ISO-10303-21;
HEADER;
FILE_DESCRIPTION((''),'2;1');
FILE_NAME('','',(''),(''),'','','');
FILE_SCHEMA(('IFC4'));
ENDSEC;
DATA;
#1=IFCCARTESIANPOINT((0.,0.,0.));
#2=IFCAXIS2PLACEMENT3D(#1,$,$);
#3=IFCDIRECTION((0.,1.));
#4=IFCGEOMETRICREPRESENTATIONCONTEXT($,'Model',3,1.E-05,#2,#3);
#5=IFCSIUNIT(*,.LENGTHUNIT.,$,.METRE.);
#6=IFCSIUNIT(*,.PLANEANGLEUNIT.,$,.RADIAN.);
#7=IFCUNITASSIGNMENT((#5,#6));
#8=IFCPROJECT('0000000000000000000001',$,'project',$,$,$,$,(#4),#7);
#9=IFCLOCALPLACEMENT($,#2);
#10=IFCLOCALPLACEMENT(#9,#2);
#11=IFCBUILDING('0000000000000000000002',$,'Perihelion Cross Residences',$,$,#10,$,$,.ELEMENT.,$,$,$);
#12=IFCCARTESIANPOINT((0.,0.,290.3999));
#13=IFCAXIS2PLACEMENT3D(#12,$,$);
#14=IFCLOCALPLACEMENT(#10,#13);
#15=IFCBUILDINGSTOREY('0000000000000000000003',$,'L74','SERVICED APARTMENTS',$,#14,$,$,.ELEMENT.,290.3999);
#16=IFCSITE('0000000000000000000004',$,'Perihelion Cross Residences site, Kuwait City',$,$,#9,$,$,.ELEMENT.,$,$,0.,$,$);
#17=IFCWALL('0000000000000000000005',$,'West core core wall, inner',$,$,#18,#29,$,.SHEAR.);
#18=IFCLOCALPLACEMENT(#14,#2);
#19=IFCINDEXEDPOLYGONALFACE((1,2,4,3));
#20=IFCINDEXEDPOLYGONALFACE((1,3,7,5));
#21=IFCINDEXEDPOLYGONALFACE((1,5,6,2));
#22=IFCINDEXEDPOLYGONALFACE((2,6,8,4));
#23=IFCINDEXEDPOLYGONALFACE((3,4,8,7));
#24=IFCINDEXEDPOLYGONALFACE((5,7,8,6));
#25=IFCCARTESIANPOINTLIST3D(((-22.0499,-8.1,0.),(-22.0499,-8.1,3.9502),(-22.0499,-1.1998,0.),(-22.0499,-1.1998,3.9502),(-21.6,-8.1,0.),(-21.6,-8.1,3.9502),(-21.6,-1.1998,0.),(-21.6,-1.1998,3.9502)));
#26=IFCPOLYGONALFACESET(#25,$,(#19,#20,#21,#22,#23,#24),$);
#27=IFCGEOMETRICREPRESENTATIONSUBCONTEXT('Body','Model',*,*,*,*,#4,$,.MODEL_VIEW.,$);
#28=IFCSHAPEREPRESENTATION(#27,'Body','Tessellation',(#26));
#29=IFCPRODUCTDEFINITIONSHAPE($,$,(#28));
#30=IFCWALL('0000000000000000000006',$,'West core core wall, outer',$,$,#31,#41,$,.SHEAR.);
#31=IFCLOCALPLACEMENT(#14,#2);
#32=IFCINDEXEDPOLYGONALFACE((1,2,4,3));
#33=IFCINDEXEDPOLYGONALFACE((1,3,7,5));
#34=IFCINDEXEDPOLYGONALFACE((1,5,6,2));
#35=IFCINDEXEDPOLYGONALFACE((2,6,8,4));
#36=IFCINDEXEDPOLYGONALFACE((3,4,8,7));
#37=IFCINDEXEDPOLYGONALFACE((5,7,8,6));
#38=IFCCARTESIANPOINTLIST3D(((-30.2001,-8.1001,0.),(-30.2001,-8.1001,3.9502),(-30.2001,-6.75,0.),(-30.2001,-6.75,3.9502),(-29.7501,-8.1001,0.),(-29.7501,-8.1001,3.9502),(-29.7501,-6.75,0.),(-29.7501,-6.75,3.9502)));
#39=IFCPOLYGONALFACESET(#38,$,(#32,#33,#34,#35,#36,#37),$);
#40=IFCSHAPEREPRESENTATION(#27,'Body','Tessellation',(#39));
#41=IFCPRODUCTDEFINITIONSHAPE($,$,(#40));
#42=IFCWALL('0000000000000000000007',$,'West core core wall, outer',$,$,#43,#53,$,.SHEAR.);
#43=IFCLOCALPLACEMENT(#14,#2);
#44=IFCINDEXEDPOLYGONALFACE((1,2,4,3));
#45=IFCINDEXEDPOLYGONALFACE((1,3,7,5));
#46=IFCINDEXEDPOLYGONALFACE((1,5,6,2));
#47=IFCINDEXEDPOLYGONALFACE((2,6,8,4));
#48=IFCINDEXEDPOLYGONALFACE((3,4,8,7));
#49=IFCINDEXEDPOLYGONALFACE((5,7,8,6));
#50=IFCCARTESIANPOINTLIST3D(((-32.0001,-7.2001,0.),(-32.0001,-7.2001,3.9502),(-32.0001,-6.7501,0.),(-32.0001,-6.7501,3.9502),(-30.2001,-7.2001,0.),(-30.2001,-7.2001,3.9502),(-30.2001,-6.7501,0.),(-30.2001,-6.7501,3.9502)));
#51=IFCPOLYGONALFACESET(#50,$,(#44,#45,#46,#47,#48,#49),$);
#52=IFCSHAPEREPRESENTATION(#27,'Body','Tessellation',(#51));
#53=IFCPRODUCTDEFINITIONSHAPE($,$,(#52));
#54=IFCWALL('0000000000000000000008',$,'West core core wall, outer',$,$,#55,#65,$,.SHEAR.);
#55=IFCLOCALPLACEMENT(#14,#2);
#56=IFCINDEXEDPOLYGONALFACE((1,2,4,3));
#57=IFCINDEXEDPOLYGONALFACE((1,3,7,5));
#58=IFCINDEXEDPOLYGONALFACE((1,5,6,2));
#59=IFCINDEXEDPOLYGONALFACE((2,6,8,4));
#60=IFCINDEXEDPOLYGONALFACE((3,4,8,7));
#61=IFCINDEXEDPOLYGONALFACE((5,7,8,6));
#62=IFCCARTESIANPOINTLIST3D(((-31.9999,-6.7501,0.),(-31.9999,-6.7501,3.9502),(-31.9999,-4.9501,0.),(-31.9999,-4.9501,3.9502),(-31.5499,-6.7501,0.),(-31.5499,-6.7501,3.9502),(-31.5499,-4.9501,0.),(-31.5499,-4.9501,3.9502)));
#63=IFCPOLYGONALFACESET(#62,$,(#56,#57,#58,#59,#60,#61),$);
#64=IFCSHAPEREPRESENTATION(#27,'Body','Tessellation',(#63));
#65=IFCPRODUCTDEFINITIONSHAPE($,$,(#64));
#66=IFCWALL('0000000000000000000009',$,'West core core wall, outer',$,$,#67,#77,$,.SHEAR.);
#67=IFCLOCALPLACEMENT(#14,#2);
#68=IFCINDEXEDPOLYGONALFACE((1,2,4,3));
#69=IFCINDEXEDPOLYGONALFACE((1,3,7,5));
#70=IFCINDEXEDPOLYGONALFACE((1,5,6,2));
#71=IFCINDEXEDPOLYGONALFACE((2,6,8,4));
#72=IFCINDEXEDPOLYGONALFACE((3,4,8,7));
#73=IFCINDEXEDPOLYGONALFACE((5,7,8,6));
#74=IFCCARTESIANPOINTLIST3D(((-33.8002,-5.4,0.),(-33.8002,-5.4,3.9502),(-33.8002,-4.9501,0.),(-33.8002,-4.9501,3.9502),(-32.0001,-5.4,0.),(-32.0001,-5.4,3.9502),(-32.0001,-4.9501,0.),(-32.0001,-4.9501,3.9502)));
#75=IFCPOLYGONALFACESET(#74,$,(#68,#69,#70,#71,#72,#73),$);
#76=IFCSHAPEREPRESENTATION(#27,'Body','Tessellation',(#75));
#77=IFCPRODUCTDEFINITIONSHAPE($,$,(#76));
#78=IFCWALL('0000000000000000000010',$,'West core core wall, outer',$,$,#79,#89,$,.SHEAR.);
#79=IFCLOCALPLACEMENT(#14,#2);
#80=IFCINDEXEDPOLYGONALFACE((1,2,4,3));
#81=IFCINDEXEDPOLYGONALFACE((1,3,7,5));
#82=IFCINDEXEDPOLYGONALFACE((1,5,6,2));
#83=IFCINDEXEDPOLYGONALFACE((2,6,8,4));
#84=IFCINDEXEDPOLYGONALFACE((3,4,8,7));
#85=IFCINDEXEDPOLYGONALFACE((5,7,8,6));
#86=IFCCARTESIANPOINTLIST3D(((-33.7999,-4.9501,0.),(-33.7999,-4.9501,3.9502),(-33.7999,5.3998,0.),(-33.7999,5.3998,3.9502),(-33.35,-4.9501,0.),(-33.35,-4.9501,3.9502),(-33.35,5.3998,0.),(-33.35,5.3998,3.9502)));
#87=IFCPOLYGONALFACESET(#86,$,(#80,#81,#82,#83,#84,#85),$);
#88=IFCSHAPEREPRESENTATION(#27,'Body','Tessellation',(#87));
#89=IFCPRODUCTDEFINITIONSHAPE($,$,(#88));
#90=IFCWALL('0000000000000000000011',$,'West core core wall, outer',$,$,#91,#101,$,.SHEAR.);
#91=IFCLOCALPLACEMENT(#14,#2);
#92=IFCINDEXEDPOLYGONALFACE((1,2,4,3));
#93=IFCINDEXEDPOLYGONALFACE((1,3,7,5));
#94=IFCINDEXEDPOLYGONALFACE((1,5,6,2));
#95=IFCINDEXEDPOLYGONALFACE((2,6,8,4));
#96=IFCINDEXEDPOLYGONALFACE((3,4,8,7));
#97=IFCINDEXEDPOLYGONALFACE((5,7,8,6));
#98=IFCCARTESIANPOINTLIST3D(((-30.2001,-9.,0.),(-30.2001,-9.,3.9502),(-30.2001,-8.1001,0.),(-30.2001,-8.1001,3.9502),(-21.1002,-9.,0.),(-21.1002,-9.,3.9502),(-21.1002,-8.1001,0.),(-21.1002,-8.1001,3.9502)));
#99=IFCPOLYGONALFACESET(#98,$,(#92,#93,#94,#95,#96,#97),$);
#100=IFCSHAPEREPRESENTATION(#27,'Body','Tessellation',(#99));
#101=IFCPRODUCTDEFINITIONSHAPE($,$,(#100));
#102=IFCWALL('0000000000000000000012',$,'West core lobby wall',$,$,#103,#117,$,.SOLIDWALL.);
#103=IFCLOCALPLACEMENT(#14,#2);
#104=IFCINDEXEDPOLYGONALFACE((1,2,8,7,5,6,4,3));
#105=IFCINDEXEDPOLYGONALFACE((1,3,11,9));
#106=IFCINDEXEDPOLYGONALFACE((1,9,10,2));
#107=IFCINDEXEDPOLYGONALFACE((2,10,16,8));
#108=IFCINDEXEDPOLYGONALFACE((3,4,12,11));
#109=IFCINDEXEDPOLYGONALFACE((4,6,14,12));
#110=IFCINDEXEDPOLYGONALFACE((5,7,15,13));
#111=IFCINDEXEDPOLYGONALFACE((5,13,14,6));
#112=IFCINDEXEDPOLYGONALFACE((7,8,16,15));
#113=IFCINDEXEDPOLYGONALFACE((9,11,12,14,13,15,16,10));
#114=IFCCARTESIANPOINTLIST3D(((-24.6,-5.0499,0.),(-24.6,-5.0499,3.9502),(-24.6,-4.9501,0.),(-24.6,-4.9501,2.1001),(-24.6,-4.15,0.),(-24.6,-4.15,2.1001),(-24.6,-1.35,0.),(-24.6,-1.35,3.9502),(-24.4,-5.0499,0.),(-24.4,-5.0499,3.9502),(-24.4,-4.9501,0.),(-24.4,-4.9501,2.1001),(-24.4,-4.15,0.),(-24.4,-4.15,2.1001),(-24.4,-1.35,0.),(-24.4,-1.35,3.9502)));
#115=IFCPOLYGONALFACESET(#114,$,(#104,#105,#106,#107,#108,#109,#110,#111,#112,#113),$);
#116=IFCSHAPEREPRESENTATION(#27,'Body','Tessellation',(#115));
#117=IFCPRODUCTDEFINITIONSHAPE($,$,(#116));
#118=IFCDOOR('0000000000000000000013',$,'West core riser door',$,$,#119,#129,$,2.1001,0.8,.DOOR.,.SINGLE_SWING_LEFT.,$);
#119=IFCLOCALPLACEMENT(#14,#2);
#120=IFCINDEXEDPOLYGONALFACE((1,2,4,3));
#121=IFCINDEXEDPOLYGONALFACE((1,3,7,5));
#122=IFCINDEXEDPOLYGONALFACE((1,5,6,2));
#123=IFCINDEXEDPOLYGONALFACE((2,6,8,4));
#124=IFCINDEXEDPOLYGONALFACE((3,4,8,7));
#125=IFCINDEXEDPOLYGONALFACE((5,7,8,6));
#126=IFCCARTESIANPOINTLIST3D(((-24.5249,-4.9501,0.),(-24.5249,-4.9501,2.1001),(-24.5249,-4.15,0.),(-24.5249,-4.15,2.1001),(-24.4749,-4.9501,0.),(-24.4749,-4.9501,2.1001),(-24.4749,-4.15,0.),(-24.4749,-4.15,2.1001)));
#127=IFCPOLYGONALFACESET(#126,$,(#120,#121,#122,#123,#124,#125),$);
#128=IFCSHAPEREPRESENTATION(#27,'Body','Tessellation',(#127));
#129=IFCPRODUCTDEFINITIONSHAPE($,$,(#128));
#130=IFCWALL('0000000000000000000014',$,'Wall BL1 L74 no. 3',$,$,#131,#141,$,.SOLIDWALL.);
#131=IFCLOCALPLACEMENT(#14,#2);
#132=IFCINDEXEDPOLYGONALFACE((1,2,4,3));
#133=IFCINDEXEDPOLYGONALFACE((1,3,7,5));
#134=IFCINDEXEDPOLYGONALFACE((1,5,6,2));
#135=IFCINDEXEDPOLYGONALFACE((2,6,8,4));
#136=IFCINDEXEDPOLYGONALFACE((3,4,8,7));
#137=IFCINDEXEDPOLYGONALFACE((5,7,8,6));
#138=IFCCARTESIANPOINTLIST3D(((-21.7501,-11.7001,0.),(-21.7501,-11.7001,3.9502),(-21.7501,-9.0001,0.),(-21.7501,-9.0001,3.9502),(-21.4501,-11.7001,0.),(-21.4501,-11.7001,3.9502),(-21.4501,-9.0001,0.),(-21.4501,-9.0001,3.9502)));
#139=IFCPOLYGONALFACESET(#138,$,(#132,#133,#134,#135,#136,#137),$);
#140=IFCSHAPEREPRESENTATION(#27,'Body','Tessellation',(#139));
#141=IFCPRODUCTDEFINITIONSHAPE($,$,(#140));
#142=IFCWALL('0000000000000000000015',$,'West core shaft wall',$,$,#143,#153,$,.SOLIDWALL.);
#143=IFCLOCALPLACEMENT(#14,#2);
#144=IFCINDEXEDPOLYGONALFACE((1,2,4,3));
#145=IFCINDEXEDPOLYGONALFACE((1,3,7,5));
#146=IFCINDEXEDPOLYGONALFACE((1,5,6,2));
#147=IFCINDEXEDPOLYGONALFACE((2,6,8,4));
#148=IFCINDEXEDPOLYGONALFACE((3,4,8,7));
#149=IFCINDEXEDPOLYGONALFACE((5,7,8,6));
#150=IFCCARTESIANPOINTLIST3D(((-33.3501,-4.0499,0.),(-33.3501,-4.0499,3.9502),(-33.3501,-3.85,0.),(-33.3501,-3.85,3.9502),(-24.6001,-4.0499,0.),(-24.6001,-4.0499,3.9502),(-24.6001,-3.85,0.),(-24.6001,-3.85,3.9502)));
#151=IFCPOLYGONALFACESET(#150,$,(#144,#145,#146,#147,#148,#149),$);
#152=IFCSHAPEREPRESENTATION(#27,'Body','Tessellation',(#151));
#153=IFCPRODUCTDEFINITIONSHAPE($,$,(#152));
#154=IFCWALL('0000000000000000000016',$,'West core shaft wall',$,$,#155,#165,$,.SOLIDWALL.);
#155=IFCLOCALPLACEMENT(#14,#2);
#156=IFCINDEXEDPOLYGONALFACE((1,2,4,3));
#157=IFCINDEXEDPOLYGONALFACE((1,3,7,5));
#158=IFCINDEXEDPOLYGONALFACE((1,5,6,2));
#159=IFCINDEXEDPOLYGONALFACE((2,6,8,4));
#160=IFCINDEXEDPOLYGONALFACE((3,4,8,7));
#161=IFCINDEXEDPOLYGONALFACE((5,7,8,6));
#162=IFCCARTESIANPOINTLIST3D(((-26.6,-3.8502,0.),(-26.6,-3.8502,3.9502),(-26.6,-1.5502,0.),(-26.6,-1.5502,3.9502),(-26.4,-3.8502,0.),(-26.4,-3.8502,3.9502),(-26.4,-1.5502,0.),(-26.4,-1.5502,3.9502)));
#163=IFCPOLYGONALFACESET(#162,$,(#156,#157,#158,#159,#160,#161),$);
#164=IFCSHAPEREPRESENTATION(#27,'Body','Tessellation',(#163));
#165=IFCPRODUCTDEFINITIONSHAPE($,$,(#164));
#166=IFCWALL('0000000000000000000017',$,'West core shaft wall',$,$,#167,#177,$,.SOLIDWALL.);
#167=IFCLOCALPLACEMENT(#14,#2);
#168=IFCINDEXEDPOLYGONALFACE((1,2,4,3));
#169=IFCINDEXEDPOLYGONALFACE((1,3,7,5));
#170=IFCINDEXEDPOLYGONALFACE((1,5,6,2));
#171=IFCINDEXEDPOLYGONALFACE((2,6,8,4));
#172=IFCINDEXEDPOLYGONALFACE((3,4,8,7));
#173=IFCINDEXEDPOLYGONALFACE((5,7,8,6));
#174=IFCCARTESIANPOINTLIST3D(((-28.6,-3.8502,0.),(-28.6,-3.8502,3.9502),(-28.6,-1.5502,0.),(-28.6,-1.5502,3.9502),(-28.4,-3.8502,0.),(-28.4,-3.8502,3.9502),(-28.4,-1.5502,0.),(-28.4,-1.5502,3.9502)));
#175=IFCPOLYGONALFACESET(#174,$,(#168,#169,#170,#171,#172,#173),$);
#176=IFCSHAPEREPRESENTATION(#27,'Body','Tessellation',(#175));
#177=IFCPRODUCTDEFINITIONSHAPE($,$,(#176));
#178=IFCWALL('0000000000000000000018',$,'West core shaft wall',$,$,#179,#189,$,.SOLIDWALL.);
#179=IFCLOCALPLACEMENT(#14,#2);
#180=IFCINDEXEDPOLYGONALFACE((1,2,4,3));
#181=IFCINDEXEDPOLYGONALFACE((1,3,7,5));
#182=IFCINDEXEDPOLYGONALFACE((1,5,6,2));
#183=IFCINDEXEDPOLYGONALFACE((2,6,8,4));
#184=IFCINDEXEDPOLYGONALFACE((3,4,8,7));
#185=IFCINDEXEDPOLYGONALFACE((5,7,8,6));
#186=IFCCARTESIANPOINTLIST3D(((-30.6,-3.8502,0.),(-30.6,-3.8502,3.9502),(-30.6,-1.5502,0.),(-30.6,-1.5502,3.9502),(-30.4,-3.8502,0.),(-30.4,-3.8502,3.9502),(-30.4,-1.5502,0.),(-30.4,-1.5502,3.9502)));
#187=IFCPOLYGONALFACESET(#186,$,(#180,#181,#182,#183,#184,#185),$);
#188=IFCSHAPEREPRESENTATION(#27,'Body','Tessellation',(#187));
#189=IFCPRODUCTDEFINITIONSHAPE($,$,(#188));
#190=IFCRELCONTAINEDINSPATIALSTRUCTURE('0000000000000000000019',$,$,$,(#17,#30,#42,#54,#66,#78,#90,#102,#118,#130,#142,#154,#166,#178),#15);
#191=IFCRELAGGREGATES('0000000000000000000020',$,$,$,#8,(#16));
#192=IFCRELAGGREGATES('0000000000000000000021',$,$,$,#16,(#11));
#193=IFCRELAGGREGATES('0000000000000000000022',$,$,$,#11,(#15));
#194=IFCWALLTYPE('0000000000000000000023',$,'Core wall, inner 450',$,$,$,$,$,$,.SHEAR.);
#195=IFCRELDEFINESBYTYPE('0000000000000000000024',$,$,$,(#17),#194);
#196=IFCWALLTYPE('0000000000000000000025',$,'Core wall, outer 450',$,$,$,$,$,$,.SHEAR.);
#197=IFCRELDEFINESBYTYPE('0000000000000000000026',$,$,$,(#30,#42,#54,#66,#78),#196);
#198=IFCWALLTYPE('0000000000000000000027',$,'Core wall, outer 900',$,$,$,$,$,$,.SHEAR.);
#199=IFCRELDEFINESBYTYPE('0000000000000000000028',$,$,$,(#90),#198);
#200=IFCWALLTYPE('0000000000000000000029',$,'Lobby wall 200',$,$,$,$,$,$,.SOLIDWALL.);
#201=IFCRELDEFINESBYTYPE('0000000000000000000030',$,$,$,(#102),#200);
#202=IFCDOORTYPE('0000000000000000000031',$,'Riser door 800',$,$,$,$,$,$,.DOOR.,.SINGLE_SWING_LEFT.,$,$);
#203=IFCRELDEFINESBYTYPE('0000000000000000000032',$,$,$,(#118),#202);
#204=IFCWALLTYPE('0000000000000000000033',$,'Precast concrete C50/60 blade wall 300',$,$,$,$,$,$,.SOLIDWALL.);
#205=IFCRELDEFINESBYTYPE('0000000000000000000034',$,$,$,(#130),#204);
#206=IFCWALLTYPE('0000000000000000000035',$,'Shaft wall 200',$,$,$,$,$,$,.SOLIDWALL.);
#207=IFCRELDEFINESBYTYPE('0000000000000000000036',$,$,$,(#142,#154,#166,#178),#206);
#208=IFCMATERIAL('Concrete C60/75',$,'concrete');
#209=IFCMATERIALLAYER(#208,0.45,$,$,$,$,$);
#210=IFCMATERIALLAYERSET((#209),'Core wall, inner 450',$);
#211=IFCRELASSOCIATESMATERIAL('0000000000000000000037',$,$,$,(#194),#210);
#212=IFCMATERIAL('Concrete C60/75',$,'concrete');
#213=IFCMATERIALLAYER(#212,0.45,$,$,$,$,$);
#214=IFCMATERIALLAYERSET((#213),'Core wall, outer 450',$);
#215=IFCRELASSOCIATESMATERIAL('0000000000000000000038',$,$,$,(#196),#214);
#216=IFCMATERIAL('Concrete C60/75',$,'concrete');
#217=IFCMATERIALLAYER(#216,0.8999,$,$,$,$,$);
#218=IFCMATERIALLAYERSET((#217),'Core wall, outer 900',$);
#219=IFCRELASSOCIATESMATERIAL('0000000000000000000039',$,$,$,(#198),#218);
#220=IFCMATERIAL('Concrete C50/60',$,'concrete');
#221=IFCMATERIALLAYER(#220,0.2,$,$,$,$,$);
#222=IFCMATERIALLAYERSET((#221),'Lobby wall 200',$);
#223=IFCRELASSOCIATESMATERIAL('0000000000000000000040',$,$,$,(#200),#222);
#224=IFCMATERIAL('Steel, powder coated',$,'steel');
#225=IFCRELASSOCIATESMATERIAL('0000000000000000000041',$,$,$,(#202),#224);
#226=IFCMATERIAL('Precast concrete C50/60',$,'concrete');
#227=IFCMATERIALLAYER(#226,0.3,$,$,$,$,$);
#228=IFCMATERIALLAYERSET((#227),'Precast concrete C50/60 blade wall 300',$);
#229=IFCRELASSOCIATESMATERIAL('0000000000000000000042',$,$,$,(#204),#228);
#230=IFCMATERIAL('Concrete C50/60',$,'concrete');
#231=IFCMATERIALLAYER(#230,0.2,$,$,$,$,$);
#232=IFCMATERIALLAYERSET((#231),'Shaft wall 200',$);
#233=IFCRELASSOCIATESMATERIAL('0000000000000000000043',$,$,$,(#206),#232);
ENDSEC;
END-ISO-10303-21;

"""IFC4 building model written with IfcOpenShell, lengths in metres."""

from ifc_helpers import new_model, si_unit, direction, frame, frame_2d, origin, place, context, subcontext, project, spatial, rectangle, extrude, material, layer, layer_set, type_object, element, fill, save


model = new_model("IFC4")

# Units and contexts
model_context = context("Model", 3, precision=1e-05, world=origin(), true_north=direction((0.0, 1.0)))
body_context = subcontext(model_context, "Body", "Model", "MODEL_VIEW")
ifc_project = project(units=[si_unit("LENGTHUNIT", "METRE"), si_unit("PLANEANGLEUNIT", "RADIAN")], contexts=[model_context])

# Site, building, storey
site_placement = place(None, origin())
site = spatial("IfcSite", under=ifc_project, at=site_placement, Name="Perihelion Cross Residences site, Kuwait City", CompositionType="ELEMENT", RefElevation=0.0)
building_placement = place(site_placement, origin())
building = spatial("IfcBuilding", under=site, at=building_placement, Name="Perihelion Cross Residences", CompositionType="ELEMENT")
storey_placement = place(building_placement, frame((0.0, 0.0, 290.3999)))
storey = spatial("IfcBuildingStorey", under=building, at=storey_placement, Name="L74", Description="SERVICED APARTMENTS", CompositionType="ELEMENT", Elevation=290.3999)

# Walls
ifc_material_1 = material(Name="Concrete C60/75", Category="concrete")
ifc_layer_1 = layer(ifc_material_1, 0.45)
ifc_layer_set_1 = layer_set([ifc_layer_1], Name="Core wall, inner 450")
wall_type_1 = type_object("IfcWallType", Name="Core wall, inner 450", PredefinedType="SHEAR", material=ifc_layer_set_1)
wall_1_placement = place(storey_placement, frame((-21.825, -8.1001, 0.0), z_axis=(0.0, 0.0, 1.0), x_axis=(0.0, 1.0, 0.0)))
element("IfcWall", 1, at=wall_1_placement, inside=storey, type_object=wall_type_1, Name="West core core wall, inner", PredefinedType="SHEAR", context=body_context, shape_type="SweptSolid", body=[
    extrude(rectangle(XDim=6.9001, YDim=0.45, at=frame_2d((3.4502, 0.0))), origin(), (0.0, 0.0, 1.0), 3.9502),
])
ifc_material_2 = material(Name="Concrete C60/75", Category="concrete")
ifc_layer_2 = layer(ifc_material_2, 0.45)
ifc_layer_set_2 = layer_set([ifc_layer_2], Name="Core wall, outer 450")
wall_type_2 = type_object("IfcWallType", Name="Core wall, outer 450", PredefinedType="SHEAR", material=ifc_layer_set_2)
wall_2_placement = place(storey_placement, frame((-29.9751, -8.1001, 0.0), z_axis=(0.0, 0.0, 1.0), x_axis=(0.0, 1.0, 0.0)))
element("IfcWall", 2, at=wall_2_placement, inside=storey, type_object=wall_type_2, Name="West core core wall, outer", PredefinedType="SHEAR", context=body_context, shape_type="SweptSolid", body=[
    extrude(rectangle(XDim=1.3501, YDim=0.45, at=frame_2d((0.675, 0.0))), origin(), (0.0, 0.0, 1.0), 3.9502),
])
for number, where, z_axis, x_axis, name in (
    (3, (-32.0, -6.9751, 0.0), (0.0, 0.0, 1.0), (1.0, 0.0, 0.0), "West core core wall, outer"),
    (4, (-31.7749, -6.75, 0.0), (0.0, 0.0, 1.0), (0.0, 1.0, 0.0), "West core core wall, outer"),
    (5, (-33.8, -5.175, 0.0), (0.0, 0.0, 1.0), (1.0, 0.0, 0.0), "West core core wall, outer"),
):
    element("IfcWall", number, at=place(storey_placement, frame(where, z_axis=z_axis, x_axis=x_axis)), inside=storey, type_object=wall_type_2, Name=name, PredefinedType="SHEAR", context=body_context, shape_type="SweptSolid", body=[
        extrude(rectangle(XDim=1.8, YDim=0.45, at=frame_2d((0.8999, 0.0))), origin(), (0.0, 0.0, 1.0), 3.9502),
    ])
wall_3_placement = place(storey_placement, frame((-33.575, -4.95, 0.0), z_axis=(0.0, 0.0, 1.0), x_axis=(0.0, 1.0, 0.0)))
element("IfcWall", 6, at=wall_3_placement, inside=storey, type_object=wall_type_2, Name="West core core wall, outer", PredefinedType="SHEAR", context=body_context, shape_type="SweptSolid", body=[
    extrude(rectangle(XDim=10.3499, YDim=0.45, at=frame_2d((5.1748, 0.0))), origin(), (0.0, 0.0, 1.0), 3.9502),
])
ifc_material_3 = material(Name="Concrete C60/75", Category="concrete")
ifc_layer_3 = layer(ifc_material_3, 0.8999)
ifc_layer_set_3 = layer_set([ifc_layer_3], Name="Core wall, outer 900")
wall_type_3 = type_object("IfcWallType", Name="Core wall, outer 900", PredefinedType="SHEAR", material=ifc_layer_set_3)
wall_4_placement = place(storey_placement, frame((-30.2, -8.55, 0.0), z_axis=(0.0, 0.0, 1.0), x_axis=(1.0, 0.0, 0.0)))
element("IfcWall", 7, at=wall_4_placement, inside=storey, type_object=wall_type_3, Name="West core core wall, outer", PredefinedType="SHEAR", context=body_context, shape_type="SweptSolid", body=[
    extrude(rectangle(XDim=9.0999, YDim=0.8999, at=frame_2d((4.5498, 0.0))), origin(), (0.0, 0.0, 1.0), 3.9502),
])

# Wall, opening, door
ifc_material_4 = material(Name="Concrete C50/60", Category="concrete")
ifc_layer_4 = layer(ifc_material_4, 0.2)
ifc_layer_set_4 = layer_set([ifc_layer_4], Name="Lobby wall 200")
wall_type_4 = type_object("IfcWallType", Name="Lobby wall 200", PredefinedType="SOLIDWALL", material=ifc_layer_set_4)
wall_5_placement = place(storey_placement, frame((-24.5, -5.05, 0.0), z_axis=(0.0, 0.0, 1.0), x_axis=(0.0, 1.0, 0.0)))
wall_5 = element("IfcWall", 8, at=wall_5_placement, inside=storey, type_object=wall_type_4, Name="West core lobby wall", PredefinedType="SOLIDWALL", context=body_context, shape_type="SweptSolid", body=[
    extrude(rectangle(XDim=3.7, YDim=0.2, at=frame_2d((1.8501, 0.0))), origin(), (0.0, 0.0, 1.0), 3.9502),
])
opening_1_placement = place(wall_5_placement, frame((0.1001, 0.0, 0.0)))
opening_1 = element("IfcOpeningElement", 9, at=opening_1_placement, cuts=wall_5, PredefinedType="OPENING", context=body_context, shape_type="SweptSolid", body=[
    extrude(rectangle(XDim=0.8, YDim=2.1001, at=frame_2d((0.3999, 1.05))), frame((0.0, 0.1099, 0.0), z_axis=(0.0, -1.0, 0.0), x_axis=(1.0, 0.0, 0.0)), (0.0, 0.0, 1.0), 0.22),
])
ifc_material_5 = material(Name="Steel, powder coated", Category="steel")
door_type_1 = type_object("IfcDoorType", Name="Riser door 800", OperationType="SINGLE_SWING_LEFT", PredefinedType="DOOR", material=ifc_material_5)
door_1_placement = place(opening_1_placement, origin())
door_1 = element("IfcDoor", 10, at=door_1_placement, inside=storey, type_object=door_type_1, Name="West core riser door", OperationType="SINGLE_SWING_LEFT", OverallHeight=2.1001, OverallWidth=0.8, PredefinedType="DOOR", context=body_context, shape_type="SweptSolid", body=[
    extrude(rectangle(XDim=0.8, YDim=2.1001, at=frame_2d((0.3999, 1.05))), frame((0.0, 0.0249, 0.0), z_axis=(0.0, -1.0, 0.0), x_axis=(1.0, 0.0, 0.0)), (0.0, 0.0, 1.0), 0.05),
])
fill(opening_1, door_1)

# Walls
ifc_material_6 = material(Name="Precast concrete C50/60", Category="concrete")
ifc_layer_5 = layer(ifc_material_6, 0.3)
ifc_layer_set_5 = layer_set([ifc_layer_5], Name="Precast concrete C50/60 blade wall 300")
wall_type_5 = type_object("IfcWallType", Name="Precast concrete C50/60 blade wall 300", PredefinedType="SOLIDWALL", material=ifc_layer_set_5)
wall_6_placement = place(storey_placement, frame((-21.6001, -9.0, 0.0), z_axis=(0.0, 0.0, 1.0), x_axis=(0.0, -1.0, 0.0)))
element("IfcWall", 11, at=wall_6_placement, inside=storey, type_object=wall_type_5, Name="Wall BL1 L74 no. 3", PredefinedType="SOLIDWALL", context=body_context, shape_type="SweptSolid", body=[
    extrude(rectangle(XDim=2.7, YDim=0.3, at=frame_2d((1.3501, 0.0))), origin(), (0.0, 0.0, 1.0), 3.9502),
])
ifc_material_7 = material(Name="Concrete C50/60", Category="concrete")
ifc_layer_6 = layer(ifc_material_7, 0.2)
ifc_layer_set_6 = layer_set([ifc_layer_6], Name="Shaft wall 200")
wall_type_6 = type_object("IfcWallType", Name="Shaft wall 200", PredefinedType="SOLIDWALL", material=ifc_layer_set_6)
wall_7_placement = place(storey_placement, frame((-33.3501, -3.95, 0.0), z_axis=(0.0, 0.0, 1.0), x_axis=(1.0, 0.0, 0.0)))
element("IfcWall", 12, at=wall_7_placement, inside=storey, type_object=wall_type_6, Name="West core shaft wall", PredefinedType="SOLIDWALL", context=body_context, shape_type="SweptSolid", body=[
    extrude(rectangle(XDim=8.75, YDim=0.2, at=frame_2d((4.375, 0.0))), origin(), (0.0, 0.0, 1.0), 3.9502),
])
for number, where, z_axis, x_axis, name in (
    (13, (-26.5, -3.8501, 0.0), (0.0, 0.0, 1.0), (0.0, 1.0, 0.0), "West core shaft wall"),
    (14, (-28.5, -3.8501, 0.0), (0.0, 0.0, 1.0), (0.0, 1.0, 0.0), "West core shaft wall"),
    (15, (-30.5, -3.8501, 0.0), (0.0, 0.0, 1.0), (0.0, 1.0, 0.0), "West core shaft wall"),
):
    element("IfcWall", number, at=place(storey_placement, frame(where, z_axis=z_axis, x_axis=x_axis)), inside=storey, type_object=wall_type_6, Name=name, PredefinedType="SOLIDWALL", context=body_context, shape_type="SweptSolid", body=[
        extrude(rectangle(XDim=2.3, YDim=0.2, at=frame_2d((1.1499, 0.0))), origin(), (0.0, 0.0, 1.0), 3.9502),
    ])

save(model, "model.ifc")
